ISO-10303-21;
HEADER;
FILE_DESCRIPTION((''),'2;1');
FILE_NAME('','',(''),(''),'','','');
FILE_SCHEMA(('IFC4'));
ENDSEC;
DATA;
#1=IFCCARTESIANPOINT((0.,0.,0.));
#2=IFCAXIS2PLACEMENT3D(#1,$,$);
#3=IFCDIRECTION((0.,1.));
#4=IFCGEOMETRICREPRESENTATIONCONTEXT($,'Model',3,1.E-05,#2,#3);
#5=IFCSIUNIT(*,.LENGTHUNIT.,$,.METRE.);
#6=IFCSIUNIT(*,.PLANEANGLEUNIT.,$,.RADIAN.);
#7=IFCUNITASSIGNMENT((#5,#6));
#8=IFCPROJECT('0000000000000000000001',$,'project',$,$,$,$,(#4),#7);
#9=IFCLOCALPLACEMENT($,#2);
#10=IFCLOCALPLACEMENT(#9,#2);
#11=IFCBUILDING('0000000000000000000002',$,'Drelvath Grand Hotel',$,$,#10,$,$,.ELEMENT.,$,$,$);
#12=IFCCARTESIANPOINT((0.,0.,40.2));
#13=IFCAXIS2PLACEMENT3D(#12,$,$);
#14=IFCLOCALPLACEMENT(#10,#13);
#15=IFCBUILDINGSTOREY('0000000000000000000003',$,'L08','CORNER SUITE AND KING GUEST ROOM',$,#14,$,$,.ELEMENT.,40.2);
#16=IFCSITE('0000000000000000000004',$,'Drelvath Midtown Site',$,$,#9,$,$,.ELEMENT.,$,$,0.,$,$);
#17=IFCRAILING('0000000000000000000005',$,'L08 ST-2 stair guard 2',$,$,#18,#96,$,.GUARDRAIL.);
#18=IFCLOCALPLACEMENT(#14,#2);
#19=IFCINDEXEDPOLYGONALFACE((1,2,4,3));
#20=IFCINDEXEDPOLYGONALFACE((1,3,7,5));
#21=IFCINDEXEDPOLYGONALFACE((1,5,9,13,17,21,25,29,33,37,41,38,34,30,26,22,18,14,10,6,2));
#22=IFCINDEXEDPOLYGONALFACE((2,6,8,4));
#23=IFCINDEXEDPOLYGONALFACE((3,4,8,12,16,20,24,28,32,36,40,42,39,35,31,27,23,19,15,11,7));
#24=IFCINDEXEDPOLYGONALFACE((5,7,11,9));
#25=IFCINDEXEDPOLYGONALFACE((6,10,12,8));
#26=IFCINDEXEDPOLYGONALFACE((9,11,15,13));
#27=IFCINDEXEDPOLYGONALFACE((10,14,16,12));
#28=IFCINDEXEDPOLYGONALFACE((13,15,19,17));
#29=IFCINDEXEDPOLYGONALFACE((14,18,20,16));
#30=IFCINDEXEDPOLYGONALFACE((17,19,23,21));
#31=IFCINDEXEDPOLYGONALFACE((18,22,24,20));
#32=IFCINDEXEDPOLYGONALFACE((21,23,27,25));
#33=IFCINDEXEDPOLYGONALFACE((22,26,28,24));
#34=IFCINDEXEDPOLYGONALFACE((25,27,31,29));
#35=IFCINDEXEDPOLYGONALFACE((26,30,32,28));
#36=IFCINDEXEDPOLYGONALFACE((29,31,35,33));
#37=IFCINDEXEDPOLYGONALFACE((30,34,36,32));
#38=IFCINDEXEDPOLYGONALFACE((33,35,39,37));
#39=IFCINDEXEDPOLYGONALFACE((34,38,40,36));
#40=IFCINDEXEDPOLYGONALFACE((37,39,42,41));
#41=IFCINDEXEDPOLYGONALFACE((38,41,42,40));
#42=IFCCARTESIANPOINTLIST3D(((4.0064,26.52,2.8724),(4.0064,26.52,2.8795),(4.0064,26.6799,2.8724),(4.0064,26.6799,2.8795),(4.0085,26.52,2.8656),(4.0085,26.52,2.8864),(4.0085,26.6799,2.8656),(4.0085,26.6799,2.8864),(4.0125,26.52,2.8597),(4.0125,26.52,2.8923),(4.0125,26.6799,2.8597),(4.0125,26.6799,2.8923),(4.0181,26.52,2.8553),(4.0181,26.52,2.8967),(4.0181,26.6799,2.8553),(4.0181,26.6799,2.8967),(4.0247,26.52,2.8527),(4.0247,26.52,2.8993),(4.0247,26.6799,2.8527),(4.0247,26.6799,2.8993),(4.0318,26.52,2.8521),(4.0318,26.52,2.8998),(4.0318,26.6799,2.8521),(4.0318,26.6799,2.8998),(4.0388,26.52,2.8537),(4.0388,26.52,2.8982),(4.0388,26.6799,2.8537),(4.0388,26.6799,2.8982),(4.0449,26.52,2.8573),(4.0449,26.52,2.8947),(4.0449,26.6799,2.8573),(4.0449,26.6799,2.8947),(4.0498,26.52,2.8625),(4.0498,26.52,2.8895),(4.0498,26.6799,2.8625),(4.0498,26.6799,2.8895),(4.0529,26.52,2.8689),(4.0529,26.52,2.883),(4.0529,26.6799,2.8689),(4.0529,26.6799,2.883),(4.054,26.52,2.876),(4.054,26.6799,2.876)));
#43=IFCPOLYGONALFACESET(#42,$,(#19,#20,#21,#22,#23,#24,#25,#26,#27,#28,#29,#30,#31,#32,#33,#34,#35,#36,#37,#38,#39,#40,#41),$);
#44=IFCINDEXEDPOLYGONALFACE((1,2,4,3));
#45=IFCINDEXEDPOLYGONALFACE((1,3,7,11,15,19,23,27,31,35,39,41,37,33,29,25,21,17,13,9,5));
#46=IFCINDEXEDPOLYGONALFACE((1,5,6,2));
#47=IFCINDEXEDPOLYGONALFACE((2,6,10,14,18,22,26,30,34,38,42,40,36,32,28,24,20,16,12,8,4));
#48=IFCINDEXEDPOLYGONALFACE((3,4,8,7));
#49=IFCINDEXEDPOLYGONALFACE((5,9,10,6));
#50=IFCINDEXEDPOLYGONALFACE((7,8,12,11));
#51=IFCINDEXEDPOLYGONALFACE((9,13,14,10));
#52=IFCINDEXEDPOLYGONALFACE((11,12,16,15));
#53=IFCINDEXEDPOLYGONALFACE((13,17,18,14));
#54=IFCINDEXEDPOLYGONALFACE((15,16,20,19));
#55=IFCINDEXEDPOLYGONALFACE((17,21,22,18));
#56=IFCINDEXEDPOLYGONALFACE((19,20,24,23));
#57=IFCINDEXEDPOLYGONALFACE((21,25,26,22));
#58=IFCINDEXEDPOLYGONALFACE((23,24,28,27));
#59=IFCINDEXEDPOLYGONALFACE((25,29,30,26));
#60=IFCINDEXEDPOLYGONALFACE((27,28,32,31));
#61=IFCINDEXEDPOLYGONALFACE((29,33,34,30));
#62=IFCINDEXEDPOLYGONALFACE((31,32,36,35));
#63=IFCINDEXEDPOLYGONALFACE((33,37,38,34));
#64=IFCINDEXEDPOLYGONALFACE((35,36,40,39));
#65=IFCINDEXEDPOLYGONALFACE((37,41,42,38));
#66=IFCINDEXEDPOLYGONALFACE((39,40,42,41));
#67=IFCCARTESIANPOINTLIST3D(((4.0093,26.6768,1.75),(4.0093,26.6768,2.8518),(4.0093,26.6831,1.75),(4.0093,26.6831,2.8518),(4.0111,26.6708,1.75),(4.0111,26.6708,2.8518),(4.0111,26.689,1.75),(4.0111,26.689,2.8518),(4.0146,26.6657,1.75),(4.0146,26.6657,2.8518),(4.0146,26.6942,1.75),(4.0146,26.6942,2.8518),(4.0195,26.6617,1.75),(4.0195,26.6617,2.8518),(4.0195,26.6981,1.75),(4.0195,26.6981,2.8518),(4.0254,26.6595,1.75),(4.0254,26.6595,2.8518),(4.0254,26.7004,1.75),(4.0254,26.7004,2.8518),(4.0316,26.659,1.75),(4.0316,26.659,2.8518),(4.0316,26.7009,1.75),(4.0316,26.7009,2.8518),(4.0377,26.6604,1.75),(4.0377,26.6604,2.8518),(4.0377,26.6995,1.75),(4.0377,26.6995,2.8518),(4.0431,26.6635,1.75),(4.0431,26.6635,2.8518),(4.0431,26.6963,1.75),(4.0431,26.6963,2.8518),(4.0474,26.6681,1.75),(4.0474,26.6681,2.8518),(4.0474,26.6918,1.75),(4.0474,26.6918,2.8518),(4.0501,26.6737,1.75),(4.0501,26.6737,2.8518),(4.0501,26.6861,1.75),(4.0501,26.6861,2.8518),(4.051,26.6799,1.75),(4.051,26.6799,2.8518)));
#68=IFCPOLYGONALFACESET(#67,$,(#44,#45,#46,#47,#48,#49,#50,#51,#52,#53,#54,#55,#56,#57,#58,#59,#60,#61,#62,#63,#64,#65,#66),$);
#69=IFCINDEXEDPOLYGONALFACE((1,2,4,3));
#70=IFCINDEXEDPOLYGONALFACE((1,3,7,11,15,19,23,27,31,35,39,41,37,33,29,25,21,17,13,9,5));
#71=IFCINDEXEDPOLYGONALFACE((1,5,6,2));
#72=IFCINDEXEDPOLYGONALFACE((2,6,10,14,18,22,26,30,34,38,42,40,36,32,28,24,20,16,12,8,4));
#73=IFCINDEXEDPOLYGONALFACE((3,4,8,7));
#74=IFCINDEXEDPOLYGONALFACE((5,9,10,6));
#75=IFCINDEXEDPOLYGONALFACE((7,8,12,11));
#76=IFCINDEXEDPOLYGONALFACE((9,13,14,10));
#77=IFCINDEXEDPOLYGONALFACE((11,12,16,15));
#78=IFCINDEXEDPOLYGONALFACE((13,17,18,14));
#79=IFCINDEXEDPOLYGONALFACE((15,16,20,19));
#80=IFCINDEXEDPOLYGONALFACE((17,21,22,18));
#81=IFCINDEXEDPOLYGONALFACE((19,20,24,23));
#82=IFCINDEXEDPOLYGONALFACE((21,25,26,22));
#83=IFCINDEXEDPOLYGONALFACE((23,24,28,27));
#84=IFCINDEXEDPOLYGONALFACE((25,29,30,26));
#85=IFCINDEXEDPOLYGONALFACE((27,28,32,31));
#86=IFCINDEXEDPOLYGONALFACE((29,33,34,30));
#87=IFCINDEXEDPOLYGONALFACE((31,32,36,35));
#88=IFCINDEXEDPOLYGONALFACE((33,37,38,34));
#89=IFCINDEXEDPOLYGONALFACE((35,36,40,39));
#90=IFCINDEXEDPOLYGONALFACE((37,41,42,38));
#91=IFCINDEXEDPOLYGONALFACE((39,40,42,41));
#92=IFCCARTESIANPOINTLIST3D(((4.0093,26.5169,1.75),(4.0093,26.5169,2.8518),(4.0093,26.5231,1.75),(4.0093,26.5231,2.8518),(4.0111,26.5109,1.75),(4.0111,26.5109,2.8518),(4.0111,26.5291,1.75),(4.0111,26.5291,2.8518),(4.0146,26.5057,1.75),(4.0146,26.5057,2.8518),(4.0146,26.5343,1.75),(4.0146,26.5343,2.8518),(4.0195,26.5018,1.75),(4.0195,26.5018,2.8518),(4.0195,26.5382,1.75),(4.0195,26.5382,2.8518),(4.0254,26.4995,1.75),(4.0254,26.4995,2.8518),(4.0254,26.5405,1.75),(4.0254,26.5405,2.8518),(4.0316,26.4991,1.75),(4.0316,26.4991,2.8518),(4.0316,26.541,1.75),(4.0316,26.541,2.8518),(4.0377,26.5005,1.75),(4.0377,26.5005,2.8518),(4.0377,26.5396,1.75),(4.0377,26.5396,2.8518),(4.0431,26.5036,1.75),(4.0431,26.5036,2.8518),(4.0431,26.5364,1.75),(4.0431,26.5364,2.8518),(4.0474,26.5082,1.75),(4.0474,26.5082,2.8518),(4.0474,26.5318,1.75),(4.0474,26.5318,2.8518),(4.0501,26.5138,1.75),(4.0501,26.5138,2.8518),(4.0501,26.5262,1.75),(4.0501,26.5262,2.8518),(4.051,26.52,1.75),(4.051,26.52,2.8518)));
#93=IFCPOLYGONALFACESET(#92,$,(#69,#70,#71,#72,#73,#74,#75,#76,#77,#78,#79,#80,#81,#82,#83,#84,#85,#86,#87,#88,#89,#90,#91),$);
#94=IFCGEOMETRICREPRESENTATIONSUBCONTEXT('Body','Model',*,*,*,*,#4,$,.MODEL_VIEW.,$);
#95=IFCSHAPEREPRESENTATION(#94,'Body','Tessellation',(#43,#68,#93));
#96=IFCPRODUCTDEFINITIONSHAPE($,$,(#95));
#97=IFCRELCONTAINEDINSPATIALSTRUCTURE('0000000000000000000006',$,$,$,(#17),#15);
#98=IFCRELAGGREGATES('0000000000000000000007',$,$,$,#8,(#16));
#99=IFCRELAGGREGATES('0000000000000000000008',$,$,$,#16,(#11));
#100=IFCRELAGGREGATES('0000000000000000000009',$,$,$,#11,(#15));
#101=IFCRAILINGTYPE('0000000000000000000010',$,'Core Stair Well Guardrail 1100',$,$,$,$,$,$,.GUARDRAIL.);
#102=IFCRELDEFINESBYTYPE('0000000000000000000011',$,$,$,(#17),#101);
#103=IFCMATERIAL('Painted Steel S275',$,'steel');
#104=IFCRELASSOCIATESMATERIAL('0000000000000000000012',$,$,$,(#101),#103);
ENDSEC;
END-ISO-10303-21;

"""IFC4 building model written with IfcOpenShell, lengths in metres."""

from ifc_helpers import new_model, si_unit, direction, frame, origin, origin_2d, place, context, subcontext, project, spatial, circle, extrude, material, type_object, element, save


model = new_model("IFC4")

# Units and contexts
model_context = context("Model", 3, precision=1e-05, world=origin(), true_north=direction((0.0, 1.0)))
body_context = subcontext(model_context, "Body", "Model", "MODEL_VIEW")
ifc_project = project(units=[si_unit("LENGTHUNIT", "METRE"), si_unit("PLANEANGLEUNIT", "RADIAN")], contexts=[model_context])

# Site, building, storey
site_placement = place(None, origin())
site = spatial("IfcSite", under=ifc_project, at=site_placement, Name="Drelvath Midtown Site", CompositionType="ELEMENT", RefElevation=0.0)
building_placement = place(site_placement, origin())
building = spatial("IfcBuilding", under=site, at=building_placement, Name="Drelvath Grand Hotel", CompositionType="ELEMENT")
storey_placement = place(building_placement, frame((0.0, 0.0, 40.2)))
storey = spatial("IfcBuildingStorey", under=building, at=storey_placement, Name="L08", Description="CORNER SUITE AND KING GUEST ROOM", CompositionType="ELEMENT", Elevation=40.2)

# Shared definitions
ifc_material_1 = material(Name="Painted Steel S275", Category="steel")

# Railing
railing_type_1 = type_object("IfcRailingType", Name="Core Stair Well Guardrail 1100", PredefinedType="GUARDRAIL", material=ifc_material_1)
railing_1_placement = place(storey_placement, frame((4.03, 26.6799, 1.75)))
element("IfcRailing", 1, at=railing_1_placement, inside=storey, type_object=railing_type_1, Name="L08 ST-2 stair guard 2", PredefinedType="GUARDRAIL", context=body_context, shape_type="SweptSolid", body=[
    extrude(circle(Radius=0.0239, at=origin_2d()), frame((0.0, 0.0, 1.126), z_axis=(0.0, -1.0, 0.0), x_axis=(1.0, 0.0, 0.0)), (0.0, 0.0, 1.0), 0.1599),
    extrude(circle(Radius=0.021, at=origin_2d()), origin(), (0.0, 0.0, 1.0), 1.1018),
    extrude(circle(Radius=0.021, at=origin_2d()), frame((0.0, -0.1599, 0.0)), (0.0, 0.0, 1.0), 1.1018),
])

save(model, "model.ifc")
